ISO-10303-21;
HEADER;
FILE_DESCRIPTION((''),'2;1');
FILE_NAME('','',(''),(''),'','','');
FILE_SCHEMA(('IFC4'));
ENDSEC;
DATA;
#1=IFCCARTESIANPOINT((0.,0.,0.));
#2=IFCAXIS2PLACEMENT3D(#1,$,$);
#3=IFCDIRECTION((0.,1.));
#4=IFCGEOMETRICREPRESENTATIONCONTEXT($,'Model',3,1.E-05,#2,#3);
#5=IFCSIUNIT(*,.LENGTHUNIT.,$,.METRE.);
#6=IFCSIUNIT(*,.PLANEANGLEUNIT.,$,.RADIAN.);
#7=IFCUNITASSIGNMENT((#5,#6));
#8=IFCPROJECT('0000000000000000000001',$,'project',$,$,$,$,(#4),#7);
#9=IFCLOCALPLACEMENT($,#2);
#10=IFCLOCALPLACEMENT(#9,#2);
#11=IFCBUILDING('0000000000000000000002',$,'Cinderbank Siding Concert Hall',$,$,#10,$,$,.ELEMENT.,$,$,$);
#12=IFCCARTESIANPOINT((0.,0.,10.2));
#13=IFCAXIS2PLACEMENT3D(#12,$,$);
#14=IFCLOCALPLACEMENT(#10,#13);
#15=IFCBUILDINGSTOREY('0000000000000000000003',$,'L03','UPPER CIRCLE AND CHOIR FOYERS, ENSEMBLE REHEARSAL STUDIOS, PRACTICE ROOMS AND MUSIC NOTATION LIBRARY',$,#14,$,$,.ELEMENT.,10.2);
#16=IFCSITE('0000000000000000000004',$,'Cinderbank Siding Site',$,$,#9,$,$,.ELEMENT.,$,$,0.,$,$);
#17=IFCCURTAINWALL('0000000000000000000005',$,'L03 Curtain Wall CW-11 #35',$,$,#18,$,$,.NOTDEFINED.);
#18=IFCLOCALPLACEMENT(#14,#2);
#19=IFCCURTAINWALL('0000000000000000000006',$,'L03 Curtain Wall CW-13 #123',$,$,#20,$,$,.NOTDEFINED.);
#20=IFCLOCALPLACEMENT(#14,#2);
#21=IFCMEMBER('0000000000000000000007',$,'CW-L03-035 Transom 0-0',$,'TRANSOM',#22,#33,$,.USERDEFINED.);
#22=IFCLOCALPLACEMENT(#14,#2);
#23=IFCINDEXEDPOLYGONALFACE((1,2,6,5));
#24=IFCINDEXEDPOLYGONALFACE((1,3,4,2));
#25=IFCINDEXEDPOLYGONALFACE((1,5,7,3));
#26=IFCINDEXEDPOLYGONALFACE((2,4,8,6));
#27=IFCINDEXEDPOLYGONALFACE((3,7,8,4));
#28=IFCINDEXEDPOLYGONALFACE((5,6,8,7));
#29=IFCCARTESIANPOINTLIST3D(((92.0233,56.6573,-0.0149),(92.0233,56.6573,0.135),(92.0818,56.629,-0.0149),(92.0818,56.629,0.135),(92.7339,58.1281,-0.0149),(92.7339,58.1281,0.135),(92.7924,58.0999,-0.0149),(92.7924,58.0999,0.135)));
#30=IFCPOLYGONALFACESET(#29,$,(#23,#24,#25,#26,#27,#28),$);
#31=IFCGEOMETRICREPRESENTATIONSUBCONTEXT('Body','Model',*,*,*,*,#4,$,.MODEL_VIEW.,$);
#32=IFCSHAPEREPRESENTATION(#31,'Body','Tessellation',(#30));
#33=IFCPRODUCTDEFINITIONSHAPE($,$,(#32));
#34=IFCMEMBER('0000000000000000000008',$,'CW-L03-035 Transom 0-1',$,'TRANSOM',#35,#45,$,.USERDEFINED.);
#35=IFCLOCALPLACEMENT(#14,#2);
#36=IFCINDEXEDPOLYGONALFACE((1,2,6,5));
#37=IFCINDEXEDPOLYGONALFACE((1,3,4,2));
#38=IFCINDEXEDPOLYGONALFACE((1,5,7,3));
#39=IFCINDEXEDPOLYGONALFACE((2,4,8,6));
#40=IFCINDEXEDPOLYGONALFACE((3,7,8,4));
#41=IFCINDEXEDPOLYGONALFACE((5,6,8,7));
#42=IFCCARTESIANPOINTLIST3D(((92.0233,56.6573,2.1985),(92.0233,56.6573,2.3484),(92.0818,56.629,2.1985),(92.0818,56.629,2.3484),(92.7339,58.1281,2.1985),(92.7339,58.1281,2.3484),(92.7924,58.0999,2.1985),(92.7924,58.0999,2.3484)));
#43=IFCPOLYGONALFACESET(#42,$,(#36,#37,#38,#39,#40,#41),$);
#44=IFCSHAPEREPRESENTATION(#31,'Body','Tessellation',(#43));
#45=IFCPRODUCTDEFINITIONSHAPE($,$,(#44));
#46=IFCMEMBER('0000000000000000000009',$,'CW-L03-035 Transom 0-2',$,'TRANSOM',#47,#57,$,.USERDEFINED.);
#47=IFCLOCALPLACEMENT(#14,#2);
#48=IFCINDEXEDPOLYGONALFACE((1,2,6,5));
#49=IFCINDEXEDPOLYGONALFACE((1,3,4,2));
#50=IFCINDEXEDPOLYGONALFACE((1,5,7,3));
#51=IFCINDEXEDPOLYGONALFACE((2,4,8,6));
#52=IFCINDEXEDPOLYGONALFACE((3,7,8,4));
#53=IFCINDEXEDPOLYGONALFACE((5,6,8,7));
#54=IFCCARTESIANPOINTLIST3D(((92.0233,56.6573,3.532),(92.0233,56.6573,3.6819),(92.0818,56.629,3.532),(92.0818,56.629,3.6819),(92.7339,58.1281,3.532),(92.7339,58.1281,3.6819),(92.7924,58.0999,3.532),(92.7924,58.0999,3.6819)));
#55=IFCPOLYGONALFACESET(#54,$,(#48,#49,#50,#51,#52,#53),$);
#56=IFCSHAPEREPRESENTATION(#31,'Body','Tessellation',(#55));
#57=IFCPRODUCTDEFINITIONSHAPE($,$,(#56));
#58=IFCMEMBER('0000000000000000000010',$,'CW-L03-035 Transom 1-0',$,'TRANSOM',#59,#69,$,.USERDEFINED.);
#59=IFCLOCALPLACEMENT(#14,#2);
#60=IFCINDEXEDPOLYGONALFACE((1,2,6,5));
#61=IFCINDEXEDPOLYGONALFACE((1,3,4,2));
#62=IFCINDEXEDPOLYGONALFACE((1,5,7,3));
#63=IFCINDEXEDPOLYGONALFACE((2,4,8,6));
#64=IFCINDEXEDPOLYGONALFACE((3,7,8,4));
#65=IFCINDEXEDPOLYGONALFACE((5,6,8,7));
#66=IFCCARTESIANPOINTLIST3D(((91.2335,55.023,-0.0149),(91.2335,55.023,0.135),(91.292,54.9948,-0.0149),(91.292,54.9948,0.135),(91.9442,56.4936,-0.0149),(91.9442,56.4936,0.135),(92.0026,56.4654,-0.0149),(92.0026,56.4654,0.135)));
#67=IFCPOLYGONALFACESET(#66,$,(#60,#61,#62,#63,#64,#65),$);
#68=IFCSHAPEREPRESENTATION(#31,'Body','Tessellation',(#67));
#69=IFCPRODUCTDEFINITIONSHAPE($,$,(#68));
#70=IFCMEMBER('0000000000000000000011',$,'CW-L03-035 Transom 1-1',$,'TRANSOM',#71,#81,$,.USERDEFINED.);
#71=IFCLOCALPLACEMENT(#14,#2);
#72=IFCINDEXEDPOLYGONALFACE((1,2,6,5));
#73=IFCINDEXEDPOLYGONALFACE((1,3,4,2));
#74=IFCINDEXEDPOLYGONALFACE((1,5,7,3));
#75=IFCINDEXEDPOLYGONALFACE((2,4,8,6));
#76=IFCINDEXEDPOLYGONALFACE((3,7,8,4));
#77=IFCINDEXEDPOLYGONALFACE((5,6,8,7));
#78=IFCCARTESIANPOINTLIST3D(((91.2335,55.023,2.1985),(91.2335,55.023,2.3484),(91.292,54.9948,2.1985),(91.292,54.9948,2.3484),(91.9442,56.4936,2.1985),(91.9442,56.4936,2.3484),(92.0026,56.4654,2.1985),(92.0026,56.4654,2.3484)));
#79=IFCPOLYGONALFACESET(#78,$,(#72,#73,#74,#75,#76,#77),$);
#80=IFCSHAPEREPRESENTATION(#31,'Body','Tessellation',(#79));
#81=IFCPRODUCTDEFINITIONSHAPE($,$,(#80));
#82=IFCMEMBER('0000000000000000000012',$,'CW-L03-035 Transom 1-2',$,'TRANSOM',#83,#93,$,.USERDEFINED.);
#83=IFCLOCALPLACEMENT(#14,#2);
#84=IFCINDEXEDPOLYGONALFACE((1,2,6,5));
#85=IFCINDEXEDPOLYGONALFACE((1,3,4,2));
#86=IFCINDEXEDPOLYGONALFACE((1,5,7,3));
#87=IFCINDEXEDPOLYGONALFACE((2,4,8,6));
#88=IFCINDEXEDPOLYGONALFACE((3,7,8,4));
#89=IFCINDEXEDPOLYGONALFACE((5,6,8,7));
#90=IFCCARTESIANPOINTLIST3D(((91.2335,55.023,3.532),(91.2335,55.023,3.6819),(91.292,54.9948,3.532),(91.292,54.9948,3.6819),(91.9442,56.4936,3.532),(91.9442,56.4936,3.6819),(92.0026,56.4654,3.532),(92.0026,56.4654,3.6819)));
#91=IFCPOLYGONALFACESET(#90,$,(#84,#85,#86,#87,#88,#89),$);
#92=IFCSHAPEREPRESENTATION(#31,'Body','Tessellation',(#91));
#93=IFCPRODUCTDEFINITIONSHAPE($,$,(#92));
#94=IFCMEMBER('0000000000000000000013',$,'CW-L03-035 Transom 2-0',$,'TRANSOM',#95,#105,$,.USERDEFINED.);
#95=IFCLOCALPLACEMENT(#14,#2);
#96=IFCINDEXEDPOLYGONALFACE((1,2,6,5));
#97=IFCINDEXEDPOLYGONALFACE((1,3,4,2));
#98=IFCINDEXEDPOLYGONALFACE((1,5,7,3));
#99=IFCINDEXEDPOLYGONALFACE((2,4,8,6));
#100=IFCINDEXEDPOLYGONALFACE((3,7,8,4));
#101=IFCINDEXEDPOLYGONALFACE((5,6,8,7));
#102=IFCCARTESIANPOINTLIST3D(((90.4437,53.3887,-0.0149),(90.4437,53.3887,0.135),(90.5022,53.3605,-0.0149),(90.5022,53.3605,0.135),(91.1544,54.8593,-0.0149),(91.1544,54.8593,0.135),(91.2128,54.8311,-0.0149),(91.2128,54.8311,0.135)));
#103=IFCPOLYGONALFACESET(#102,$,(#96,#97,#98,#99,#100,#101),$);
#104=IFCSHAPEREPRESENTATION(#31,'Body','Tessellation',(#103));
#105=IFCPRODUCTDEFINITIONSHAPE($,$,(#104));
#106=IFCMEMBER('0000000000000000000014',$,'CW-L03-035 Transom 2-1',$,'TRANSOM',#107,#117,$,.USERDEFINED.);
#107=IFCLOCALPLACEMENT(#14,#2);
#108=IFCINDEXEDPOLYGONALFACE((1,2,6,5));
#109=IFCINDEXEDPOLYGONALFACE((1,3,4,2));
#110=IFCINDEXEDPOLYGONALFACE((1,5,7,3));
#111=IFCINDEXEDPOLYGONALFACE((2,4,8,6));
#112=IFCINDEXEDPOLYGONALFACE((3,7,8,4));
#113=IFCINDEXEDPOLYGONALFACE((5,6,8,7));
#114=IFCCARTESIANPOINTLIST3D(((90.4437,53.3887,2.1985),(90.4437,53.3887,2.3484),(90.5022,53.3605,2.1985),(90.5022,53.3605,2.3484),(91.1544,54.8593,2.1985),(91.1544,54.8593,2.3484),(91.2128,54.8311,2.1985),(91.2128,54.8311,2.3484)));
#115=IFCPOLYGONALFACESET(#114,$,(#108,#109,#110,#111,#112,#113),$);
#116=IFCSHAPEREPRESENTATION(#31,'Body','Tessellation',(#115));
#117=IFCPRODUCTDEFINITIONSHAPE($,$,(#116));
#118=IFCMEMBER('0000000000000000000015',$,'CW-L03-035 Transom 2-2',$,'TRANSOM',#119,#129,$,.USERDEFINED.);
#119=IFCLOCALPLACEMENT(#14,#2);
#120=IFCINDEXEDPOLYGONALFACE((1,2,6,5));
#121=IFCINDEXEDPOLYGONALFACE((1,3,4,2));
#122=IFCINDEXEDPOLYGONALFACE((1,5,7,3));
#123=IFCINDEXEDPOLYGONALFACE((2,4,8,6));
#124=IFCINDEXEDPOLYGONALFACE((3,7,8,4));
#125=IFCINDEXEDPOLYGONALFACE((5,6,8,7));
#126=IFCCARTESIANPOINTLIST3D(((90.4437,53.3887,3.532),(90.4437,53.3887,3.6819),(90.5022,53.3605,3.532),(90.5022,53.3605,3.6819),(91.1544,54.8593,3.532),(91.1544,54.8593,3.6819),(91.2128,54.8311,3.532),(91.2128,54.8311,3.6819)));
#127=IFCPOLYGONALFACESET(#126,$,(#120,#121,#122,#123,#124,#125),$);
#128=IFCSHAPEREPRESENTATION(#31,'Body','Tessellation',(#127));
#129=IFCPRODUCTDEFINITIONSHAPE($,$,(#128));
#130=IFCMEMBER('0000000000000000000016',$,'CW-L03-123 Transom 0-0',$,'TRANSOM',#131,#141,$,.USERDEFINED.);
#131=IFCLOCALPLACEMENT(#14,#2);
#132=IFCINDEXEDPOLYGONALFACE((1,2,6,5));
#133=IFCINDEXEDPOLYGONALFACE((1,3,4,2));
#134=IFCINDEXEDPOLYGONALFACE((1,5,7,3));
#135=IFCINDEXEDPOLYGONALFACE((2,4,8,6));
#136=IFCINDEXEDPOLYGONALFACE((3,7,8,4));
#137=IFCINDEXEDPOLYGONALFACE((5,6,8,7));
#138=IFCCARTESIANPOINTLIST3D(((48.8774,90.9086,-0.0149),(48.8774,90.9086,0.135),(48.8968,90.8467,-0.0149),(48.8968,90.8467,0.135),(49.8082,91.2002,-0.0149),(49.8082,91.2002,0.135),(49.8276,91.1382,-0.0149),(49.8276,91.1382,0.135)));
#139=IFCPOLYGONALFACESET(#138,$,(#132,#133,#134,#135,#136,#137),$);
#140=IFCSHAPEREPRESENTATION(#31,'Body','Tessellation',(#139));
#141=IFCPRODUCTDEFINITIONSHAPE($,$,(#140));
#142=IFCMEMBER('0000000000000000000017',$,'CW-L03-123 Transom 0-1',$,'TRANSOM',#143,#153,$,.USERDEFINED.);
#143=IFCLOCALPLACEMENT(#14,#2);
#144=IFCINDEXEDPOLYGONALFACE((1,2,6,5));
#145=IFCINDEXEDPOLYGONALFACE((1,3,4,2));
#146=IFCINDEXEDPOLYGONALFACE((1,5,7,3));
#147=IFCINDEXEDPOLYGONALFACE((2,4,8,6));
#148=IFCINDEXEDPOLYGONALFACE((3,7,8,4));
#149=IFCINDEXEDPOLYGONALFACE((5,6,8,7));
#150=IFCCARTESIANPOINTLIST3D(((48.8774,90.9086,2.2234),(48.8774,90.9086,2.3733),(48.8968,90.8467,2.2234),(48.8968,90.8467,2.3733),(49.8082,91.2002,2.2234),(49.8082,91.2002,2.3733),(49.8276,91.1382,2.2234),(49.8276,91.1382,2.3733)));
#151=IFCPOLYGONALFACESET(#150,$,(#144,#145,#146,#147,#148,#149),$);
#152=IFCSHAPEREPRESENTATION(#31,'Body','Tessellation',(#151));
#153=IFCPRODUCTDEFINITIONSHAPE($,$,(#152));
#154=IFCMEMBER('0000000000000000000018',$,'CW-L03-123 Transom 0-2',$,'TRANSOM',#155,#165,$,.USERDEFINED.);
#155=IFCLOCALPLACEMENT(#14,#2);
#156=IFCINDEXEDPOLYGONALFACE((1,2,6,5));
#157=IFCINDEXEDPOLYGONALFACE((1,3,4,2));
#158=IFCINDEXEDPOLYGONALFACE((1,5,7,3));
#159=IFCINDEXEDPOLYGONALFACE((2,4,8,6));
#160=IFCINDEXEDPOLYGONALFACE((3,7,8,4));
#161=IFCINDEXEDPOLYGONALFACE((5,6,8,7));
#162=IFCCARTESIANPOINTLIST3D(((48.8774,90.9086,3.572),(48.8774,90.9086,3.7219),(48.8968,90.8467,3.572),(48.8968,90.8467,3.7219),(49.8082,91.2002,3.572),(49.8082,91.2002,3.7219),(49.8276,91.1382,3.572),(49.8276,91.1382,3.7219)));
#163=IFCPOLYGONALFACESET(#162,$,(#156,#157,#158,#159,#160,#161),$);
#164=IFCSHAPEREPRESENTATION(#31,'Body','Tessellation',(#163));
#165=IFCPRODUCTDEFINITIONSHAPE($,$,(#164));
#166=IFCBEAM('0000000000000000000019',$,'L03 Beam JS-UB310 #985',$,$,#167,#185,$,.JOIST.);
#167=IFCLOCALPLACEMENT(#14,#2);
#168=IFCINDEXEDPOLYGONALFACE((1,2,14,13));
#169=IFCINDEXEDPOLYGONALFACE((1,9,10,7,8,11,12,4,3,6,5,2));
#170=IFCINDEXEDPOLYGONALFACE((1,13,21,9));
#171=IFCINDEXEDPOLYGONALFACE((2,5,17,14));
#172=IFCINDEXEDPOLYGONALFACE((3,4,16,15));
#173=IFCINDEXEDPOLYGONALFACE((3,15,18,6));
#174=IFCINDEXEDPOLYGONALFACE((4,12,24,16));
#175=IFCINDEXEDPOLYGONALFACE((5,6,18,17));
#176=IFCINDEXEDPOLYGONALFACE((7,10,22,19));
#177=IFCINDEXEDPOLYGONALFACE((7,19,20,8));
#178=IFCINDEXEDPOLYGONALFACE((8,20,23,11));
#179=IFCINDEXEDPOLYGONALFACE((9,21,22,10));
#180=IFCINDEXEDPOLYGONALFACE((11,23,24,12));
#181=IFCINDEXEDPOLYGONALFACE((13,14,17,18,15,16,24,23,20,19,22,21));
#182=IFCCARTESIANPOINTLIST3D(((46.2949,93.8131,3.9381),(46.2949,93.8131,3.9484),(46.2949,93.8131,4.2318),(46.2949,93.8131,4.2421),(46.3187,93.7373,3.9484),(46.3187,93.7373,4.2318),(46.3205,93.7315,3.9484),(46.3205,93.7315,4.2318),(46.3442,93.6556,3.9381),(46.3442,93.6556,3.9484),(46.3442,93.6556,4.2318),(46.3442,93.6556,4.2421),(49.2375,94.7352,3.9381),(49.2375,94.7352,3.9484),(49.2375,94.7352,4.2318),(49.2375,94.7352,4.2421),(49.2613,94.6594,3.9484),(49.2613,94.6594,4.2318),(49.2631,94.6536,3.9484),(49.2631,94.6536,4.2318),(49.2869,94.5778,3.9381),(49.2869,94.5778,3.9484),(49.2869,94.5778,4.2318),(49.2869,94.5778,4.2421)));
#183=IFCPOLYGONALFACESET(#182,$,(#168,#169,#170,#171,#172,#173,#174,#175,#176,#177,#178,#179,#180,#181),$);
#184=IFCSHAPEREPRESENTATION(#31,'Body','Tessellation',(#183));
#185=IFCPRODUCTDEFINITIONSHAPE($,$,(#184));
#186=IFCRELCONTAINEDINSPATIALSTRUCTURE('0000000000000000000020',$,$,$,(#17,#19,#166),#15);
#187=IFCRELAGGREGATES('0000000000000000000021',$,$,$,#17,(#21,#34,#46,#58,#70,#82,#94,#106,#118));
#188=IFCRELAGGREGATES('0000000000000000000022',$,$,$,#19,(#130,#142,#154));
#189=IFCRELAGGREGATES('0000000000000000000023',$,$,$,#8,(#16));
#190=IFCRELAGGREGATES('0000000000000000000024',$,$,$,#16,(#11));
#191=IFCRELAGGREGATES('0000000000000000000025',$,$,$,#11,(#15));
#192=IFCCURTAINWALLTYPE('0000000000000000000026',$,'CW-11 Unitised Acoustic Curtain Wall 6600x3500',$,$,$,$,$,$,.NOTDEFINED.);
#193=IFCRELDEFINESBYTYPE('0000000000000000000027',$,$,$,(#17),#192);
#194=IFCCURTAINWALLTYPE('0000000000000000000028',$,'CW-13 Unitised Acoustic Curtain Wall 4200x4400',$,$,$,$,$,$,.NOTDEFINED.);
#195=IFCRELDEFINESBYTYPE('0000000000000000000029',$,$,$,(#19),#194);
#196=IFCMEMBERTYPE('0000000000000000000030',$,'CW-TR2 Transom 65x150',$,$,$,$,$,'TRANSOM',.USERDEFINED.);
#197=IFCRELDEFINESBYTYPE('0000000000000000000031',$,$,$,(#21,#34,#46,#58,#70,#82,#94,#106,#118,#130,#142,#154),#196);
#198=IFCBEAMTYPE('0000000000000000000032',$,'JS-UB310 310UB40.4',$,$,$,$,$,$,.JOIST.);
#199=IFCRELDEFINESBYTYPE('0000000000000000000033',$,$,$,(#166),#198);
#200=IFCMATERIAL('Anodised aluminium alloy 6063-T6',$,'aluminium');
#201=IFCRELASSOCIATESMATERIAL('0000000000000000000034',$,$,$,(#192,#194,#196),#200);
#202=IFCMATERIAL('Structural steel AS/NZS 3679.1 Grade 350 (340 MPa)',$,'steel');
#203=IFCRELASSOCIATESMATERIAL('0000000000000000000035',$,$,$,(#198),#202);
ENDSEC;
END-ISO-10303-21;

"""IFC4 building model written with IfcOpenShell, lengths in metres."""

from ifc_helpers import new_model, si_unit, direction, frame, origin, origin_2d, place, context, subcontext, project, spatial, rectangle, i_section, extrude, material, material_profile, profile_set, type_object, element, aggregate, save


model = new_model("IFC4")

# Units and contexts
model_context = context("Model", 3, precision=1e-05, world=origin(), true_north=direction((0.0, 1.0)))
body_context = subcontext(model_context, "Body", "Model", "MODEL_VIEW")
ifc_project = project(units=[si_unit("LENGTHUNIT", "METRE"), si_unit("PLANEANGLEUNIT", "RADIAN")], contexts=[model_context])

# Site, building, storey
site_placement = place(None, origin())
site = spatial("IfcSite", under=ifc_project, at=site_placement, Name="Cinderbank Siding Site", CompositionType="ELEMENT", RefElevation=0.0)
building_placement = place(site_placement, origin())
building = spatial("IfcBuilding", under=site, at=building_placement, Name="Cinderbank Siding Concert Hall", CompositionType="ELEMENT")
storey_placement = place(building_placement, frame((0.0, 0.0, 10.2)))
storey = spatial("IfcBuildingStorey", under=building, at=storey_placement, Name="L03", Description="UPPER CIRCLE AND CHOIR FOYERS, ENSEMBLE REHEARSAL STUDIOS, PRACTICE ROOMS AND MUSIC NOTATION LIBRARY", CompositionType="ELEMENT", Elevation=10.2)

# Shared definitions
ifc_material_1 = material(Name="Structural steel AS/NZS 3679.1 Grade 350 (340 MPa)", Category="steel")

# Shared definitions
ifc_material_2 = material(Name="Anodised aluminium alloy 6063-T6", Category="aluminium")

# Curtain walls
curtain_wall_type_1 = type_object("IfcCurtainWallType", Name="CW-11 Unitised Acoustic Curtain Wall 6600x3500", PredefinedType="NOTDEFINED", material=ifc_material_2)
curtain_wall_1_placement = place(storey_placement, origin())
curtain_wall_1 = element("IfcCurtainWall", 1, at=curtain_wall_1_placement, inside=storey, type_object=curtain_wall_type_1, Name="L03 Curtain Wall CW-11 #35", PredefinedType="NOTDEFINED")
curtain_wall_type_2 = type_object("IfcCurtainWallType", Name="CW-13 Unitised Acoustic Curtain Wall 4200x4400", PredefinedType="NOTDEFINED", material=ifc_material_2)
curtain_wall_2_placement = place(storey_placement, origin())
curtain_wall_2 = element("IfcCurtainWall", 2, at=curtain_wall_2_placement, inside=storey, type_object=curtain_wall_type_2, Name="L03 Curtain Wall CW-13 #123", PredefinedType="NOTDEFINED")

# Members
ifc_material_profile_1 = material_profile(ifc_material_2, rectangle(XDim=0.0649, YDim=0.1499, at=origin_2d()), Name="ALU-TRAN-65x150", Category="LoadBearing")
ifc_profile_set_1 = profile_set([ifc_material_profile_1], Name="Anodised aluminium alloy 6063-T6")
member_type_1 = type_object("IfcMemberType", Name="CW-TR2 Transom 65x150", ElementType="TRANSOM", PredefinedType="USERDEFINED", material=ifc_profile_set_1)
member_1_placement = place(storey_placement, frame((92.7632, 58.114, 0.0601), z_axis=(-0.435037, -0.900412, 0.0), x_axis=(0.900412, -0.435037, 0.0)))
member_1 = element("IfcMember", 3, at=member_1_placement, type_object=member_type_1, Name="CW-L03-035 Transom 0-0", ObjectType="TRANSOM", PredefinedType="USERDEFINED", context=body_context, shape_type="SweptSolid", body=[
    extrude(rectangle(XDim=0.0649, YDim=0.1499, at=origin_2d()), origin(), (0.0, 0.0, 1.0), 1.6335),
])
member_2_placement = place(storey_placement, frame((92.7632, 58.114, 2.2734), z_axis=(-0.435037, -0.900412, 0.0), x_axis=(0.900412, -0.435037, 0.0)))
member_2 = element("IfcMember", 4, at=member_2_placement, type_object=member_type_1, Name="CW-L03-035 Transom 0-1", ObjectType="TRANSOM", PredefinedType="USERDEFINED", context=body_context, shape_type="SweptSolid", body=[
    extrude(rectangle(XDim=0.0649, YDim=0.1499, at=origin_2d()), origin(), (0.0, 0.0, 1.0), 1.6335),
])
member_3_placement = place(storey_placement, frame((92.7632, 58.114, 3.6069), z_axis=(-0.435037, -0.900412, 0.0), x_axis=(0.900412, -0.435037, 0.0)))
member_3 = element("IfcMember", 5, at=member_3_placement, type_object=member_type_1, Name="CW-L03-035 Transom 0-2", ObjectType="TRANSOM", PredefinedType="USERDEFINED", context=body_context, shape_type="SweptSolid", body=[
    extrude(rectangle(XDim=0.0649, YDim=0.1499, at=origin_2d()), origin(), (0.0, 0.0, 1.0), 1.6335),
])
member_4_placement = place(storey_placement, frame((91.9734, 56.4795, 0.0601), z_axis=(-0.435096, -0.900384, 0.0), x_axis=(0.900384, -0.435096, 0.0)))
member_4 = element("IfcMember", 6, at=member_4_placement, type_object=member_type_1, Name="CW-L03-035 Transom 1-0", ObjectType="TRANSOM", PredefinedType="USERDEFINED", context=body_context, shape_type="SweptSolid", body=[
    extrude(rectangle(XDim=0.0649, YDim=0.1499, at=origin_2d()), origin(), (0.0, 0.0, 1.0), 1.6333),
])
member_5_placement = place(storey_placement, frame((91.9734, 56.4795, 2.2734), z_axis=(-0.435096, -0.900384, 0.0), x_axis=(0.900384, -0.435096, 0.0)))
member_5 = element("IfcMember", 7, at=member_5_placement, type_object=member_type_1, Name="CW-L03-035 Transom 1-1", ObjectType="TRANSOM", PredefinedType="USERDEFINED", context=body_context, shape_type="SweptSolid", body=[
    extrude(rectangle(XDim=0.0649, YDim=0.1499, at=origin_2d()), origin(), (0.0, 0.0, 1.0), 1.6333),
])
member_6_placement = place(storey_placement, frame((91.9734, 56.4795, 3.6069), z_axis=(-0.435096, -0.900384, 0.0), x_axis=(0.900384, -0.435096, 0.0)))
member_6 = element("IfcMember", 8, at=member_6_placement, type_object=member_type_1, Name="CW-L03-035 Transom 1-2", ObjectType="TRANSOM", PredefinedType="USERDEFINED", context=body_context, shape_type="SweptSolid", body=[
    extrude(rectangle(XDim=0.0649, YDim=0.1499, at=origin_2d()), origin(), (0.0, 0.0, 1.0), 1.6333),
])
member_7_placement = place(storey_placement, frame((91.1836, 54.8452, 0.0601), z_axis=(-0.435096, -0.900384, 0.0), x_axis=(0.900384, -0.435096, 0.0)))
member_7 = element("IfcMember", 9, at=member_7_placement, type_object=member_type_1, Name="CW-L03-035 Transom 2-0", ObjectType="TRANSOM", PredefinedType="USERDEFINED", context=body_context, shape_type="SweptSolid", body=[
    extrude(rectangle(XDim=0.0649, YDim=0.1499, at=origin_2d()), origin(), (0.0, 0.0, 1.0), 1.6333),
])
member_8_placement = place(storey_placement, frame((91.1836, 54.8452, 2.2734), z_axis=(-0.435096, -0.900384, 0.0), x_axis=(0.900384, -0.435096, 0.0)))
member_8 = element("IfcMember", 10, at=member_8_placement, type_object=member_type_1, Name="CW-L03-035 Transom 2-1", ObjectType="TRANSOM", PredefinedType="USERDEFINED", context=body_context, shape_type="SweptSolid", body=[
    extrude(rectangle(XDim=0.0649, YDim=0.1499, at=origin_2d()), origin(), (0.0, 0.0, 1.0), 1.6333),
])
member_9_placement = place(storey_placement, frame((91.1836, 54.8452, 3.6069), z_axis=(-0.435096, -0.900384, 0.0), x_axis=(0.900384, -0.435096, 0.0)))
member_9 = element("IfcMember", 11, at=member_9_placement, type_object=member_type_1, Name="CW-L03-035 Transom 2-2", ObjectType="TRANSOM", PredefinedType="USERDEFINED", context=body_context, shape_type="SweptSolid", body=[
    extrude(rectangle(XDim=0.0649, YDim=0.1499, at=origin_2d()), origin(), (0.0, 0.0, 1.0), 1.6333),
])
member_10_placement = place(storey_placement, frame((49.8179, 91.1692, 0.0601), z_axis=(-0.954284, -0.298902, 0.0), x_axis=(0.298902, -0.954284, 0.0)))
member_10 = element("IfcMember", 12, at=member_10_placement, type_object=member_type_1, Name="CW-L03-123 Transom 0-0", ObjectType="TRANSOM", PredefinedType="USERDEFINED", context=body_context, shape_type="SweptSolid", body=[
    extrude(rectangle(XDim=0.0649, YDim=0.1499, at=origin_2d()), origin(), (0.0, 0.0, 1.0), 0.9753),
])
member_11_placement = place(storey_placement, frame((49.8179, 91.1692, 2.2983), z_axis=(-0.954284, -0.298902, 0.0), x_axis=(0.298902, -0.954284, 0.0)))
member_11 = element("IfcMember", 13, at=member_11_placement, type_object=member_type_1, Name="CW-L03-123 Transom 0-1", ObjectType="TRANSOM", PredefinedType="USERDEFINED", context=body_context, shape_type="SweptSolid", body=[
    extrude(rectangle(XDim=0.0649, YDim=0.1499, at=origin_2d()), origin(), (0.0, 0.0, 1.0), 0.9753),
])
member_12_placement = place(storey_placement, frame((49.8179, 91.1692, 3.647), z_axis=(-0.954284, -0.298902, 0.0), x_axis=(0.298902, -0.954284, 0.0)))
member_12 = element("IfcMember", 14, at=member_12_placement, type_object=member_type_1, Name="CW-L03-123 Transom 0-2", ObjectType="TRANSOM", PredefinedType="USERDEFINED", context=body_context, shape_type="SweptSolid", body=[
    extrude(rectangle(XDim=0.0649, YDim=0.1499, at=origin_2d()), origin(), (0.0, 0.0, 1.0), 0.9753),
])

# Beam
ifc_material_profile_2 = material_profile(ifc_material_1, i_section(OverallWidth=0.165, OverallDepth=0.304, WebThickness=0.0061, FlangeThickness=0.0103, at=origin_2d()), Name="310UB40.4", Category="LoadBearing")
ifc_profile_set_2 = profile_set([ifc_material_profile_2], Name="Structural steel AS/NZS 3679.1 Grade 350 (340 MPa)")
beam_type_1 = type_object("IfcBeamType", Name="JS-UB310 310UB40.4", PredefinedType="JOIST", material=ifc_profile_set_2)
beam_1_placement = place(storey_placement, frame((49.2622, 94.6565, 4.0901), z_axis=(-0.954244, -0.299028, 0.0), x_axis=(0.299028, -0.954244, 0.0)))
element("IfcBeam", 15, at=beam_1_placement, inside=storey, type_object=beam_type_1, Name="L03 Beam JS-UB310 #985", PredefinedType="JOIST", context=body_context, shape_type="SweptSolid", body=[
    extrude(i_section(OverallWidth=0.165, OverallDepth=0.304, WebThickness=0.0061, FlangeThickness=0.0103, at=origin_2d()), origin(), (0.0, 0.0, 1.0), 3.0837),
])

aggregate(curtain_wall_1, [member_1, member_2, member_3, member_4, member_5, member_6, member_7, member_8, member_9])
aggregate(curtain_wall_2, [member_10, member_11, member_12])

save(model, "model.ifc")
